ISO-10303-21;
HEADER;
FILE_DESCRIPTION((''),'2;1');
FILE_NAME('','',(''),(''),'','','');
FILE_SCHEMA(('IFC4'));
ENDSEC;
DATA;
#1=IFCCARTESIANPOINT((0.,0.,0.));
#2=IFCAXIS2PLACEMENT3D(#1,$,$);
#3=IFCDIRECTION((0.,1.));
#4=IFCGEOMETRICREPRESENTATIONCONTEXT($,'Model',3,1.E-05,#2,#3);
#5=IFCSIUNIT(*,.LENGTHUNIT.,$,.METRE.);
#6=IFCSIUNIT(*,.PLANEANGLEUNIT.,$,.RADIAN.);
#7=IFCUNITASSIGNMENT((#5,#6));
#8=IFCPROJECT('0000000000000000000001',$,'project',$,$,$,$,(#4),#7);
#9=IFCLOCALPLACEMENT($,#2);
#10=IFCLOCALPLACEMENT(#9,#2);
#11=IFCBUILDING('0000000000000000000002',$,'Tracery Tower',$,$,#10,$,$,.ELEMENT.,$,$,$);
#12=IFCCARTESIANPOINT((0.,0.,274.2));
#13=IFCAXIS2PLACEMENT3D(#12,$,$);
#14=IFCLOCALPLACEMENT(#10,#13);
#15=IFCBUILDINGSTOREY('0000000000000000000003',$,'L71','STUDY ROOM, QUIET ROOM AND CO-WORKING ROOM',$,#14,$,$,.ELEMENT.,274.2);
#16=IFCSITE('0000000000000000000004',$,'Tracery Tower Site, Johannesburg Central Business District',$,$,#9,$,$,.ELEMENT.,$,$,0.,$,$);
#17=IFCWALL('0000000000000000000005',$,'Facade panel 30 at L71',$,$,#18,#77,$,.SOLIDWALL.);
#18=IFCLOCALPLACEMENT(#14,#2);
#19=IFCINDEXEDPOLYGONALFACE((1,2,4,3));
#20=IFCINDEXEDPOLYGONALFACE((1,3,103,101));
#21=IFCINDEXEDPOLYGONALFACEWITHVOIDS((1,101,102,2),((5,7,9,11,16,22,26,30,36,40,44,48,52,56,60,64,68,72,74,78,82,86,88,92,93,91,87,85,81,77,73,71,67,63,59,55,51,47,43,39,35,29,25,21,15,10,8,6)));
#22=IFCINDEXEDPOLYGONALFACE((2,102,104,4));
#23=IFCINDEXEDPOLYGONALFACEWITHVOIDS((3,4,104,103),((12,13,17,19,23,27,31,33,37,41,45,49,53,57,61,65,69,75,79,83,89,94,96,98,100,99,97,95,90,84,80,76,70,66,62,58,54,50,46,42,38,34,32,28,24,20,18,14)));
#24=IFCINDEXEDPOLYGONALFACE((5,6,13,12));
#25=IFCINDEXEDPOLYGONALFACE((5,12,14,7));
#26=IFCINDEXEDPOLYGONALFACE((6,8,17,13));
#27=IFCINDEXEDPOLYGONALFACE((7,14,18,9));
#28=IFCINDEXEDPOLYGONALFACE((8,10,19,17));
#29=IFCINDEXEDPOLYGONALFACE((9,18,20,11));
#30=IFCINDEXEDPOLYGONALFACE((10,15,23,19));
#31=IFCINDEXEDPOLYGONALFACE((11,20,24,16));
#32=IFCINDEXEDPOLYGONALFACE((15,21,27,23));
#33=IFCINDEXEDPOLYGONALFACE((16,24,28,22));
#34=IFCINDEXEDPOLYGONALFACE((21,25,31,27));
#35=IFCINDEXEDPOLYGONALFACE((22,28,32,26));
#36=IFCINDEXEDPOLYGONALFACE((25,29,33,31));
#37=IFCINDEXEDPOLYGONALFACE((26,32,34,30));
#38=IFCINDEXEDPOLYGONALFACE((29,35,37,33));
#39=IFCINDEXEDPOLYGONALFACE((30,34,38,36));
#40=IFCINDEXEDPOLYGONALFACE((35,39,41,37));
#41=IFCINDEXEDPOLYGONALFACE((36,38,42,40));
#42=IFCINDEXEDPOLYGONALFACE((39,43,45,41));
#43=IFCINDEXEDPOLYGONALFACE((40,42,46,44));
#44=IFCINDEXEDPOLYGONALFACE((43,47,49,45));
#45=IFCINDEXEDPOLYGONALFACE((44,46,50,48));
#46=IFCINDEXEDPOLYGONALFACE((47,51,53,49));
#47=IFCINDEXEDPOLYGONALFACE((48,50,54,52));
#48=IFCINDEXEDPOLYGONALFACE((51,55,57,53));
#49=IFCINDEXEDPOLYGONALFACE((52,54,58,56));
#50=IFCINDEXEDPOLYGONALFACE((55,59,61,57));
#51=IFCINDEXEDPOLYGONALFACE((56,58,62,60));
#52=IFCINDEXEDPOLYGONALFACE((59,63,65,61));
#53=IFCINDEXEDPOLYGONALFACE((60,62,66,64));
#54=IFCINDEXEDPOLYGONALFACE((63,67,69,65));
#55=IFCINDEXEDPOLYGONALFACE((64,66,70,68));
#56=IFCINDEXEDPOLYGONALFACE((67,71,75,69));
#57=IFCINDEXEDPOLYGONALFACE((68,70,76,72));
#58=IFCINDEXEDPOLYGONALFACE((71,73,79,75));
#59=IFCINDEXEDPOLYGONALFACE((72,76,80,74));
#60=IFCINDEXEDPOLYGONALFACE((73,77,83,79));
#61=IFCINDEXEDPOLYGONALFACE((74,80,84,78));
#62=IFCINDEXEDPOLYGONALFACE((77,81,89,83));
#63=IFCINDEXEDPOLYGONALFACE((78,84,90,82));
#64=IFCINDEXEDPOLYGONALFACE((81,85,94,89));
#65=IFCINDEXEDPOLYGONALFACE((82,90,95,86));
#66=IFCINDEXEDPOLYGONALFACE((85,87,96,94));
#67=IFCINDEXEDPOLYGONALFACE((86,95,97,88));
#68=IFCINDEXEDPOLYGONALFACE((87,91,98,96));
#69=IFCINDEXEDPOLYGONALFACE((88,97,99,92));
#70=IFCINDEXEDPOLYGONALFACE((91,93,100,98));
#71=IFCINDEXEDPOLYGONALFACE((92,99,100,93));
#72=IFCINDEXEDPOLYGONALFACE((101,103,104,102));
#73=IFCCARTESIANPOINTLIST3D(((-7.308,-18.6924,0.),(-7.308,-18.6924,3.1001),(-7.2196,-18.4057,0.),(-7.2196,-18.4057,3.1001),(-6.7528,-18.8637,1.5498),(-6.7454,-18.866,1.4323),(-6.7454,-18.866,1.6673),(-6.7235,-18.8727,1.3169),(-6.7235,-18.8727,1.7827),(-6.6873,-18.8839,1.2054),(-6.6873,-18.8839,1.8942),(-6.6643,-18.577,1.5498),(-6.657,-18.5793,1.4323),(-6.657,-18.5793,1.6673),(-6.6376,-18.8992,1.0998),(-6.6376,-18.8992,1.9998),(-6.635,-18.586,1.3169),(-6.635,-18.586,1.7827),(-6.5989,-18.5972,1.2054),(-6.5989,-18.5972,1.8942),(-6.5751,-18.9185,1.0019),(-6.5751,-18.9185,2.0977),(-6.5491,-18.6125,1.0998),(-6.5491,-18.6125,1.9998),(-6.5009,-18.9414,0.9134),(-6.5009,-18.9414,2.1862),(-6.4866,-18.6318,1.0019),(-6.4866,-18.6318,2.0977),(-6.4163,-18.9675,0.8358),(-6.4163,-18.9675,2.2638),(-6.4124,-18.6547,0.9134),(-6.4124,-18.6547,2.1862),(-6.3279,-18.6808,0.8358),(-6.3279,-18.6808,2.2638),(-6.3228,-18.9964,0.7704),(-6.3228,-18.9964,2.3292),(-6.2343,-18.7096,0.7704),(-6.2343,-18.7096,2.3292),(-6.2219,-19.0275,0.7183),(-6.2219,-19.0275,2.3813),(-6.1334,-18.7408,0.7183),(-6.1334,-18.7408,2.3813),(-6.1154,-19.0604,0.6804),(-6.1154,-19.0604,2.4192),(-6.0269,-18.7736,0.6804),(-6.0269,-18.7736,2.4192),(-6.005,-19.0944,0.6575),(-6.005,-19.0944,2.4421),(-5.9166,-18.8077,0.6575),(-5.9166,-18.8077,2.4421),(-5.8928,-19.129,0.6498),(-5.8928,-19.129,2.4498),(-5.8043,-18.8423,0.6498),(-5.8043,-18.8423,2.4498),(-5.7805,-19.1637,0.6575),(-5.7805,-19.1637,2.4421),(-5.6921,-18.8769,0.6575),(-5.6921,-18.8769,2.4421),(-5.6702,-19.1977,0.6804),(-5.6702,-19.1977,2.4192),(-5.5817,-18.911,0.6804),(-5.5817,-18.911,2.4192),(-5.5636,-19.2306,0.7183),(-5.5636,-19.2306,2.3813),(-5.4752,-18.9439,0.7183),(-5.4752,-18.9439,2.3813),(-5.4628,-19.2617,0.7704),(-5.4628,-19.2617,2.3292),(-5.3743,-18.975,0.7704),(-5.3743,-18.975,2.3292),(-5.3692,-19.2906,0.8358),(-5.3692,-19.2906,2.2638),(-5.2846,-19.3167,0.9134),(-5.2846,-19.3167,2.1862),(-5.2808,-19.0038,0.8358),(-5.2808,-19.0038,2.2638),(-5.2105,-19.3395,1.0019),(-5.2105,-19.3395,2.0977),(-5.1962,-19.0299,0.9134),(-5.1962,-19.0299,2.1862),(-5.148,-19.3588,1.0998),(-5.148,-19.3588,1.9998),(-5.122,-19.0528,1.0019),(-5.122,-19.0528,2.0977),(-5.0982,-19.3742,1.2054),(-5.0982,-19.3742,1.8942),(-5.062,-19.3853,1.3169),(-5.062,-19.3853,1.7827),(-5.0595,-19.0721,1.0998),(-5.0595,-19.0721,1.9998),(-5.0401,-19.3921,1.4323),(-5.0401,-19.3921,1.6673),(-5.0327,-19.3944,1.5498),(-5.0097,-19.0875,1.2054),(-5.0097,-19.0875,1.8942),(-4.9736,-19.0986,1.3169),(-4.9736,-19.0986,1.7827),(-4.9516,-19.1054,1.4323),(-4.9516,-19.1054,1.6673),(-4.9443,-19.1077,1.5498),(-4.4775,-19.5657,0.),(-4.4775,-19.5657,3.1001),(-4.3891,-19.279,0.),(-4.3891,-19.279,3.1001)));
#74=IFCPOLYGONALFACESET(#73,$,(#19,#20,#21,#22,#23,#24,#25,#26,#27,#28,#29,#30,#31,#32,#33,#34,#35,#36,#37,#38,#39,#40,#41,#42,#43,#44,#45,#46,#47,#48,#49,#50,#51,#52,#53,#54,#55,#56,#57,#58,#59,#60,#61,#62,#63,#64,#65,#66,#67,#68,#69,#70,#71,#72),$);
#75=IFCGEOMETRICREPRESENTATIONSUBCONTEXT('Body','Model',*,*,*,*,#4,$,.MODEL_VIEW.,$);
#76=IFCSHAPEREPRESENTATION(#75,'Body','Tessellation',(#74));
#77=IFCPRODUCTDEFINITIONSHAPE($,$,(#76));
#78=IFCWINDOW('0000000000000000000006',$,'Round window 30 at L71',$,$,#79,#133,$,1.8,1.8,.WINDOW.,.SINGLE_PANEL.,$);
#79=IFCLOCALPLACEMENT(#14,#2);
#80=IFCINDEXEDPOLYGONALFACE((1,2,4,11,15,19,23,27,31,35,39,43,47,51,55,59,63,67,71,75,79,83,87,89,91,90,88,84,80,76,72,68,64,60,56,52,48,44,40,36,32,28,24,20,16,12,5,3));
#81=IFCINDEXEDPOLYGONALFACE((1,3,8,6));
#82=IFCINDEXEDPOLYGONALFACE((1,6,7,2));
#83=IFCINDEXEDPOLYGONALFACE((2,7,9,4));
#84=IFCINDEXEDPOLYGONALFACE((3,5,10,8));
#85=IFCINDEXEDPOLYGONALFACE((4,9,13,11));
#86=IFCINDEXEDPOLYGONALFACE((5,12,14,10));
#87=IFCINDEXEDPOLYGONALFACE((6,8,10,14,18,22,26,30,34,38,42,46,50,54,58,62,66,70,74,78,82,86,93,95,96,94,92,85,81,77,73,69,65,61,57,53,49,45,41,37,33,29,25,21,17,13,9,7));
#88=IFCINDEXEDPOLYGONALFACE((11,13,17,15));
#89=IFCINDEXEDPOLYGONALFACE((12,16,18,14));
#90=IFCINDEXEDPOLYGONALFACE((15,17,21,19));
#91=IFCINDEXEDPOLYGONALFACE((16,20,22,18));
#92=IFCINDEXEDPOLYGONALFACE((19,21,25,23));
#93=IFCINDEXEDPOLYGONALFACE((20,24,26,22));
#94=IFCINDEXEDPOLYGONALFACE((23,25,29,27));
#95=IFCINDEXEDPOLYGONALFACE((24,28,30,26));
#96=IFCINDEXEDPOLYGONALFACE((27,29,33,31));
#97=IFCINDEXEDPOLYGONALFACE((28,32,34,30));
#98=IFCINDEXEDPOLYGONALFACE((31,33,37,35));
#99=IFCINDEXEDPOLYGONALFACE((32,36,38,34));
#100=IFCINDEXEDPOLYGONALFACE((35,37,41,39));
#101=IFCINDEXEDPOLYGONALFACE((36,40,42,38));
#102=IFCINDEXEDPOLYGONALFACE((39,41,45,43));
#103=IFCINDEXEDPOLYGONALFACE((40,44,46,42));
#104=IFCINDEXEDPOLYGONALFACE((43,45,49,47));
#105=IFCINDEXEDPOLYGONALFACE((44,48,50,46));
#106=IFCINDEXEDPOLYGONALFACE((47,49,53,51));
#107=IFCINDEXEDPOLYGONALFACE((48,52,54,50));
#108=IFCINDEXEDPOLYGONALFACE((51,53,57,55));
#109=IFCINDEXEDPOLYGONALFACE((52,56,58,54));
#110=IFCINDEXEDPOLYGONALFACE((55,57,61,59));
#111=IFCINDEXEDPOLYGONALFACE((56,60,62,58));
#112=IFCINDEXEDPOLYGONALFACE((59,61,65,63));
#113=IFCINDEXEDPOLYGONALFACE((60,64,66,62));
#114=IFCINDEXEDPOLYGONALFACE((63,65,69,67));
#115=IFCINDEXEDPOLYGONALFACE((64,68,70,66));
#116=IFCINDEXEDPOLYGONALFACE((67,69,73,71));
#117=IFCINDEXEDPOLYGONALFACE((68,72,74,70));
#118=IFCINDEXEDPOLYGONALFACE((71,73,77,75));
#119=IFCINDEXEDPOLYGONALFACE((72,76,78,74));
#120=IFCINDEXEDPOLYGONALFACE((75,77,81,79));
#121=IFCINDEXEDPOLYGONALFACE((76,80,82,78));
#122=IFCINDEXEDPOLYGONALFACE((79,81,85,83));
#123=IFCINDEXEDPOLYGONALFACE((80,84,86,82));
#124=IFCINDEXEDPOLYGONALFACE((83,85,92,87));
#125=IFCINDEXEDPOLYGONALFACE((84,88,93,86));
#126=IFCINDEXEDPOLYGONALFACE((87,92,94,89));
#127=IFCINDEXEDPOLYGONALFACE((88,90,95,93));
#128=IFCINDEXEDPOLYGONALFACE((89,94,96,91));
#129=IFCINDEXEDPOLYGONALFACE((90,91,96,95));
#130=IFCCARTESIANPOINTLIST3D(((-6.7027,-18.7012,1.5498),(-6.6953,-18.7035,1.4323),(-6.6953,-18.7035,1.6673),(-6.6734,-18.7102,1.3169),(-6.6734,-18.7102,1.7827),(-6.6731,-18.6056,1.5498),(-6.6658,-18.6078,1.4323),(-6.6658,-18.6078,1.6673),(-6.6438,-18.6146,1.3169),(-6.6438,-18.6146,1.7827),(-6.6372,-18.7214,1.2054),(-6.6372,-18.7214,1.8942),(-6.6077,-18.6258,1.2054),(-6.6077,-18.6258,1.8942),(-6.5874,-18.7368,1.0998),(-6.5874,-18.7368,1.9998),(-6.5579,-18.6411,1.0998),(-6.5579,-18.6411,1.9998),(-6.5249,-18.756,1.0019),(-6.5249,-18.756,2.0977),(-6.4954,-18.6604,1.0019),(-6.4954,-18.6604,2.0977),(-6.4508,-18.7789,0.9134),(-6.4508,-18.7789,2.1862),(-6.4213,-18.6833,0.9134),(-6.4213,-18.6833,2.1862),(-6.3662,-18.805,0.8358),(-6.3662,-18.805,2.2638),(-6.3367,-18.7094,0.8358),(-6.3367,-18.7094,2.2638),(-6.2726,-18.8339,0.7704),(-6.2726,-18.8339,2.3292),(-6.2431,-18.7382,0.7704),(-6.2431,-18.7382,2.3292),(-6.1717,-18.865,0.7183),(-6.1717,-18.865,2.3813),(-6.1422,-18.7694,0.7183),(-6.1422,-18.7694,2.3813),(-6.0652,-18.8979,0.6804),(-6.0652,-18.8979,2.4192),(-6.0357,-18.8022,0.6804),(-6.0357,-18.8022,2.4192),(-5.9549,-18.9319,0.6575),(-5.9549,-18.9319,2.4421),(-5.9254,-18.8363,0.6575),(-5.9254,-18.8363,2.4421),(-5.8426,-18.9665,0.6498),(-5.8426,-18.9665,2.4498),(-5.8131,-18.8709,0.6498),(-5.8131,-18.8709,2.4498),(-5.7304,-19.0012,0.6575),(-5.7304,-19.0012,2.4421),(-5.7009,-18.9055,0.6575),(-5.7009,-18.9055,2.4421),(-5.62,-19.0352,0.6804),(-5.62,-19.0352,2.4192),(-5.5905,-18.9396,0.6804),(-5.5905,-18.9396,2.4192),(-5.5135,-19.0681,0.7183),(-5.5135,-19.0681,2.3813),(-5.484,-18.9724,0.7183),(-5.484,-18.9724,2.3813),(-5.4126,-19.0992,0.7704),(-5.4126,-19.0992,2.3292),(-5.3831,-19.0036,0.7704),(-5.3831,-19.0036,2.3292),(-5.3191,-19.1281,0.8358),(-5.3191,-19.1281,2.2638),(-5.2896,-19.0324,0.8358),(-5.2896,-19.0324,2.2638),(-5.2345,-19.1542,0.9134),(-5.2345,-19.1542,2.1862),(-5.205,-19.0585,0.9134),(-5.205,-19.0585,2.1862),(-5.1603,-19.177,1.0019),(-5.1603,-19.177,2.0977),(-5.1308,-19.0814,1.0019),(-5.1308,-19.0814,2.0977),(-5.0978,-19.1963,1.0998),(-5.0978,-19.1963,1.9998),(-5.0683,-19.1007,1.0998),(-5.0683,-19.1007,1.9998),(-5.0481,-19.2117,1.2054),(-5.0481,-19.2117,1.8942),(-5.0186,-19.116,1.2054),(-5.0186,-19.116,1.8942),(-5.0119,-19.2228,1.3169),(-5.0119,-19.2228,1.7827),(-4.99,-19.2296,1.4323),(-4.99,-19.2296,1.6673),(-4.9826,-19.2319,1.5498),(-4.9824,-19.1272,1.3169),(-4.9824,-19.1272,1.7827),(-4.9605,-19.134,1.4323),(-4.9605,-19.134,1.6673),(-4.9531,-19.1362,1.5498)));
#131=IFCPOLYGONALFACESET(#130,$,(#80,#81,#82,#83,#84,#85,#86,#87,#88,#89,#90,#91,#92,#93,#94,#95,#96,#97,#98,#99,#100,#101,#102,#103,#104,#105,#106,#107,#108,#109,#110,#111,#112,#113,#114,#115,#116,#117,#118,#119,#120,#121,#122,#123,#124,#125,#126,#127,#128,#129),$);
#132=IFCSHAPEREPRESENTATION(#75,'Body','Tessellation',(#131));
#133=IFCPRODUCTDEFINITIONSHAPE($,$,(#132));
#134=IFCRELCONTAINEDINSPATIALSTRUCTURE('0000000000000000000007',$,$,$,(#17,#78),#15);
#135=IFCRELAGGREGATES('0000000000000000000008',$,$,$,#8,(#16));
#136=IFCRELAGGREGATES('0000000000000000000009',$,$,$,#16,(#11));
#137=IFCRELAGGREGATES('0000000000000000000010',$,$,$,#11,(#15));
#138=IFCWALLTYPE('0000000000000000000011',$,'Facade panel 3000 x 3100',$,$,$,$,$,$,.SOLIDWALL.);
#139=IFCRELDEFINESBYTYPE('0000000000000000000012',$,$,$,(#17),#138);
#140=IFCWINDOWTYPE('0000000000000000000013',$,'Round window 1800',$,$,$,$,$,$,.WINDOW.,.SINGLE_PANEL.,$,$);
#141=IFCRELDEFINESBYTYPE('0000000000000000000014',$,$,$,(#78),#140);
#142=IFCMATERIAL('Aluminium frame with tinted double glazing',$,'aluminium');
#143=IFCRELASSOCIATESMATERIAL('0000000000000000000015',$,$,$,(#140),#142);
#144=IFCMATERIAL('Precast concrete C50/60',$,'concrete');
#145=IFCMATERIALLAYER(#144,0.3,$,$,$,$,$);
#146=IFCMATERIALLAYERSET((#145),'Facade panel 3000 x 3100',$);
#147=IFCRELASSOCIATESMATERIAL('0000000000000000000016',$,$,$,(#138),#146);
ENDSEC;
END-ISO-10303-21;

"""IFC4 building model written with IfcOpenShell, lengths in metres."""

from ifc_helpers import new_model, si_unit, direction, frame, frame_2d, origin, origin_2d, place, context, subcontext, project, spatial, rectangle, circle, extrude, material, layer, layer_set, type_object, element, fill, save


model = new_model("IFC4")

# Units and contexts
model_context = context("Model", 3, precision=1e-05, world=origin(), true_north=direction((0.0, 1.0)))
body_context = subcontext(model_context, "Body", "Model", "MODEL_VIEW")
ifc_project = project(units=[si_unit("LENGTHUNIT", "METRE"), si_unit("PLANEANGLEUNIT", "RADIAN")], contexts=[model_context])

# Site, building, storey
site_placement = place(None, origin())
site = spatial("IfcSite", under=ifc_project, at=site_placement, Name="Tracery Tower Site, Johannesburg Central Business District", CompositionType="ELEMENT", RefElevation=0.0)
building_placement = place(site_placement, origin())
building = spatial("IfcBuilding", under=site, at=building_placement, Name="Tracery Tower", CompositionType="ELEMENT")
storey_placement = place(building_placement, frame((0.0, 0.0, 274.2)))
storey = spatial("IfcBuildingStorey", under=building, at=storey_placement, Name="L71", Description="STUDY ROOM, QUIET ROOM AND CO-WORKING ROOM", CompositionType="ELEMENT", Elevation=274.2)

# Wall, opening, window
ifc_material_1 = material(Name="Aluminium frame with tinted double glazing", Category="aluminium")
window_type = type_object("IfcWindowType", Name="Round window 1800", PartitioningType="SINGLE_PANEL", PredefinedType="WINDOW", material=ifc_material_1)
ifc_material_2 = material(Name="Precast concrete C50/60", Category="concrete")
ifc_layer_1 = layer(ifc_material_2, 0.3)
ifc_layer_set_1 = layer_set([ifc_layer_1], Name="Facade panel 3000 x 3100")
wall_type_1 = type_object("IfcWallType", Name="Facade panel 3000 x 3100", PredefinedType="SOLIDWALL", material=ifc_layer_set_1)
wall_1_placement = place(storey_placement, frame((-7.2637, -18.5491, 0.0), z_axis=(0.0, 0.0, 1.0), x_axis=(0.955556, -0.29481, 0.0)))
wall_1 = element("IfcWall", 1, at=wall_1_placement, inside=storey, type_object=wall_type_1, Name="Facade panel 30 at L71", PredefinedType="SOLIDWALL", context=body_context, shape_type="SweptSolid", body=[
    extrude(rectangle(XDim=2.9622, YDim=0.3, at=frame_2d((1.481, 0.0))), origin(), (0.0, 0.0, 1.0), 3.1001),
])
opening_1_placement = place(wall_1_placement, frame((1.481, 0.0, 1.5498)))
opening_1 = element("IfcOpeningElement", 2, at=opening_1_placement, cuts=wall_1, PredefinedType="OPENING", context=body_context, shape_type="SweptSolid", body=[
    extrude(circle(Radius=0.9, at=origin_2d()), frame((0.0, 0.1599, 0.0), z_axis=(0.0, -1.0, 0.0), x_axis=(1.0, 0.0, 0.0)), (0.0, 0.0, 1.0), 0.3201),
])
window_1_placement = place(opening_1_placement, origin())
window_1 = element("IfcWindow", 3, at=window_1_placement, inside=storey, type_object=window_type, Name="Round window 30 at L71", OverallHeight=1.8, OverallWidth=1.8, PartitioningType="SINGLE_PANEL", PredefinedType="WINDOW", context=body_context, shape_type="SweptSolid", body=[
    extrude(circle(Radius=0.9, at=origin_2d()), frame((0.0, 0.1201, 0.0), z_axis=(0.0, -1.0, 0.0), x_axis=(1.0, 0.0, 0.0)), (0.0, 0.0, 1.0), 0.1001),
])
fill(opening_1, window_1)

save(model, "model.ifc")
